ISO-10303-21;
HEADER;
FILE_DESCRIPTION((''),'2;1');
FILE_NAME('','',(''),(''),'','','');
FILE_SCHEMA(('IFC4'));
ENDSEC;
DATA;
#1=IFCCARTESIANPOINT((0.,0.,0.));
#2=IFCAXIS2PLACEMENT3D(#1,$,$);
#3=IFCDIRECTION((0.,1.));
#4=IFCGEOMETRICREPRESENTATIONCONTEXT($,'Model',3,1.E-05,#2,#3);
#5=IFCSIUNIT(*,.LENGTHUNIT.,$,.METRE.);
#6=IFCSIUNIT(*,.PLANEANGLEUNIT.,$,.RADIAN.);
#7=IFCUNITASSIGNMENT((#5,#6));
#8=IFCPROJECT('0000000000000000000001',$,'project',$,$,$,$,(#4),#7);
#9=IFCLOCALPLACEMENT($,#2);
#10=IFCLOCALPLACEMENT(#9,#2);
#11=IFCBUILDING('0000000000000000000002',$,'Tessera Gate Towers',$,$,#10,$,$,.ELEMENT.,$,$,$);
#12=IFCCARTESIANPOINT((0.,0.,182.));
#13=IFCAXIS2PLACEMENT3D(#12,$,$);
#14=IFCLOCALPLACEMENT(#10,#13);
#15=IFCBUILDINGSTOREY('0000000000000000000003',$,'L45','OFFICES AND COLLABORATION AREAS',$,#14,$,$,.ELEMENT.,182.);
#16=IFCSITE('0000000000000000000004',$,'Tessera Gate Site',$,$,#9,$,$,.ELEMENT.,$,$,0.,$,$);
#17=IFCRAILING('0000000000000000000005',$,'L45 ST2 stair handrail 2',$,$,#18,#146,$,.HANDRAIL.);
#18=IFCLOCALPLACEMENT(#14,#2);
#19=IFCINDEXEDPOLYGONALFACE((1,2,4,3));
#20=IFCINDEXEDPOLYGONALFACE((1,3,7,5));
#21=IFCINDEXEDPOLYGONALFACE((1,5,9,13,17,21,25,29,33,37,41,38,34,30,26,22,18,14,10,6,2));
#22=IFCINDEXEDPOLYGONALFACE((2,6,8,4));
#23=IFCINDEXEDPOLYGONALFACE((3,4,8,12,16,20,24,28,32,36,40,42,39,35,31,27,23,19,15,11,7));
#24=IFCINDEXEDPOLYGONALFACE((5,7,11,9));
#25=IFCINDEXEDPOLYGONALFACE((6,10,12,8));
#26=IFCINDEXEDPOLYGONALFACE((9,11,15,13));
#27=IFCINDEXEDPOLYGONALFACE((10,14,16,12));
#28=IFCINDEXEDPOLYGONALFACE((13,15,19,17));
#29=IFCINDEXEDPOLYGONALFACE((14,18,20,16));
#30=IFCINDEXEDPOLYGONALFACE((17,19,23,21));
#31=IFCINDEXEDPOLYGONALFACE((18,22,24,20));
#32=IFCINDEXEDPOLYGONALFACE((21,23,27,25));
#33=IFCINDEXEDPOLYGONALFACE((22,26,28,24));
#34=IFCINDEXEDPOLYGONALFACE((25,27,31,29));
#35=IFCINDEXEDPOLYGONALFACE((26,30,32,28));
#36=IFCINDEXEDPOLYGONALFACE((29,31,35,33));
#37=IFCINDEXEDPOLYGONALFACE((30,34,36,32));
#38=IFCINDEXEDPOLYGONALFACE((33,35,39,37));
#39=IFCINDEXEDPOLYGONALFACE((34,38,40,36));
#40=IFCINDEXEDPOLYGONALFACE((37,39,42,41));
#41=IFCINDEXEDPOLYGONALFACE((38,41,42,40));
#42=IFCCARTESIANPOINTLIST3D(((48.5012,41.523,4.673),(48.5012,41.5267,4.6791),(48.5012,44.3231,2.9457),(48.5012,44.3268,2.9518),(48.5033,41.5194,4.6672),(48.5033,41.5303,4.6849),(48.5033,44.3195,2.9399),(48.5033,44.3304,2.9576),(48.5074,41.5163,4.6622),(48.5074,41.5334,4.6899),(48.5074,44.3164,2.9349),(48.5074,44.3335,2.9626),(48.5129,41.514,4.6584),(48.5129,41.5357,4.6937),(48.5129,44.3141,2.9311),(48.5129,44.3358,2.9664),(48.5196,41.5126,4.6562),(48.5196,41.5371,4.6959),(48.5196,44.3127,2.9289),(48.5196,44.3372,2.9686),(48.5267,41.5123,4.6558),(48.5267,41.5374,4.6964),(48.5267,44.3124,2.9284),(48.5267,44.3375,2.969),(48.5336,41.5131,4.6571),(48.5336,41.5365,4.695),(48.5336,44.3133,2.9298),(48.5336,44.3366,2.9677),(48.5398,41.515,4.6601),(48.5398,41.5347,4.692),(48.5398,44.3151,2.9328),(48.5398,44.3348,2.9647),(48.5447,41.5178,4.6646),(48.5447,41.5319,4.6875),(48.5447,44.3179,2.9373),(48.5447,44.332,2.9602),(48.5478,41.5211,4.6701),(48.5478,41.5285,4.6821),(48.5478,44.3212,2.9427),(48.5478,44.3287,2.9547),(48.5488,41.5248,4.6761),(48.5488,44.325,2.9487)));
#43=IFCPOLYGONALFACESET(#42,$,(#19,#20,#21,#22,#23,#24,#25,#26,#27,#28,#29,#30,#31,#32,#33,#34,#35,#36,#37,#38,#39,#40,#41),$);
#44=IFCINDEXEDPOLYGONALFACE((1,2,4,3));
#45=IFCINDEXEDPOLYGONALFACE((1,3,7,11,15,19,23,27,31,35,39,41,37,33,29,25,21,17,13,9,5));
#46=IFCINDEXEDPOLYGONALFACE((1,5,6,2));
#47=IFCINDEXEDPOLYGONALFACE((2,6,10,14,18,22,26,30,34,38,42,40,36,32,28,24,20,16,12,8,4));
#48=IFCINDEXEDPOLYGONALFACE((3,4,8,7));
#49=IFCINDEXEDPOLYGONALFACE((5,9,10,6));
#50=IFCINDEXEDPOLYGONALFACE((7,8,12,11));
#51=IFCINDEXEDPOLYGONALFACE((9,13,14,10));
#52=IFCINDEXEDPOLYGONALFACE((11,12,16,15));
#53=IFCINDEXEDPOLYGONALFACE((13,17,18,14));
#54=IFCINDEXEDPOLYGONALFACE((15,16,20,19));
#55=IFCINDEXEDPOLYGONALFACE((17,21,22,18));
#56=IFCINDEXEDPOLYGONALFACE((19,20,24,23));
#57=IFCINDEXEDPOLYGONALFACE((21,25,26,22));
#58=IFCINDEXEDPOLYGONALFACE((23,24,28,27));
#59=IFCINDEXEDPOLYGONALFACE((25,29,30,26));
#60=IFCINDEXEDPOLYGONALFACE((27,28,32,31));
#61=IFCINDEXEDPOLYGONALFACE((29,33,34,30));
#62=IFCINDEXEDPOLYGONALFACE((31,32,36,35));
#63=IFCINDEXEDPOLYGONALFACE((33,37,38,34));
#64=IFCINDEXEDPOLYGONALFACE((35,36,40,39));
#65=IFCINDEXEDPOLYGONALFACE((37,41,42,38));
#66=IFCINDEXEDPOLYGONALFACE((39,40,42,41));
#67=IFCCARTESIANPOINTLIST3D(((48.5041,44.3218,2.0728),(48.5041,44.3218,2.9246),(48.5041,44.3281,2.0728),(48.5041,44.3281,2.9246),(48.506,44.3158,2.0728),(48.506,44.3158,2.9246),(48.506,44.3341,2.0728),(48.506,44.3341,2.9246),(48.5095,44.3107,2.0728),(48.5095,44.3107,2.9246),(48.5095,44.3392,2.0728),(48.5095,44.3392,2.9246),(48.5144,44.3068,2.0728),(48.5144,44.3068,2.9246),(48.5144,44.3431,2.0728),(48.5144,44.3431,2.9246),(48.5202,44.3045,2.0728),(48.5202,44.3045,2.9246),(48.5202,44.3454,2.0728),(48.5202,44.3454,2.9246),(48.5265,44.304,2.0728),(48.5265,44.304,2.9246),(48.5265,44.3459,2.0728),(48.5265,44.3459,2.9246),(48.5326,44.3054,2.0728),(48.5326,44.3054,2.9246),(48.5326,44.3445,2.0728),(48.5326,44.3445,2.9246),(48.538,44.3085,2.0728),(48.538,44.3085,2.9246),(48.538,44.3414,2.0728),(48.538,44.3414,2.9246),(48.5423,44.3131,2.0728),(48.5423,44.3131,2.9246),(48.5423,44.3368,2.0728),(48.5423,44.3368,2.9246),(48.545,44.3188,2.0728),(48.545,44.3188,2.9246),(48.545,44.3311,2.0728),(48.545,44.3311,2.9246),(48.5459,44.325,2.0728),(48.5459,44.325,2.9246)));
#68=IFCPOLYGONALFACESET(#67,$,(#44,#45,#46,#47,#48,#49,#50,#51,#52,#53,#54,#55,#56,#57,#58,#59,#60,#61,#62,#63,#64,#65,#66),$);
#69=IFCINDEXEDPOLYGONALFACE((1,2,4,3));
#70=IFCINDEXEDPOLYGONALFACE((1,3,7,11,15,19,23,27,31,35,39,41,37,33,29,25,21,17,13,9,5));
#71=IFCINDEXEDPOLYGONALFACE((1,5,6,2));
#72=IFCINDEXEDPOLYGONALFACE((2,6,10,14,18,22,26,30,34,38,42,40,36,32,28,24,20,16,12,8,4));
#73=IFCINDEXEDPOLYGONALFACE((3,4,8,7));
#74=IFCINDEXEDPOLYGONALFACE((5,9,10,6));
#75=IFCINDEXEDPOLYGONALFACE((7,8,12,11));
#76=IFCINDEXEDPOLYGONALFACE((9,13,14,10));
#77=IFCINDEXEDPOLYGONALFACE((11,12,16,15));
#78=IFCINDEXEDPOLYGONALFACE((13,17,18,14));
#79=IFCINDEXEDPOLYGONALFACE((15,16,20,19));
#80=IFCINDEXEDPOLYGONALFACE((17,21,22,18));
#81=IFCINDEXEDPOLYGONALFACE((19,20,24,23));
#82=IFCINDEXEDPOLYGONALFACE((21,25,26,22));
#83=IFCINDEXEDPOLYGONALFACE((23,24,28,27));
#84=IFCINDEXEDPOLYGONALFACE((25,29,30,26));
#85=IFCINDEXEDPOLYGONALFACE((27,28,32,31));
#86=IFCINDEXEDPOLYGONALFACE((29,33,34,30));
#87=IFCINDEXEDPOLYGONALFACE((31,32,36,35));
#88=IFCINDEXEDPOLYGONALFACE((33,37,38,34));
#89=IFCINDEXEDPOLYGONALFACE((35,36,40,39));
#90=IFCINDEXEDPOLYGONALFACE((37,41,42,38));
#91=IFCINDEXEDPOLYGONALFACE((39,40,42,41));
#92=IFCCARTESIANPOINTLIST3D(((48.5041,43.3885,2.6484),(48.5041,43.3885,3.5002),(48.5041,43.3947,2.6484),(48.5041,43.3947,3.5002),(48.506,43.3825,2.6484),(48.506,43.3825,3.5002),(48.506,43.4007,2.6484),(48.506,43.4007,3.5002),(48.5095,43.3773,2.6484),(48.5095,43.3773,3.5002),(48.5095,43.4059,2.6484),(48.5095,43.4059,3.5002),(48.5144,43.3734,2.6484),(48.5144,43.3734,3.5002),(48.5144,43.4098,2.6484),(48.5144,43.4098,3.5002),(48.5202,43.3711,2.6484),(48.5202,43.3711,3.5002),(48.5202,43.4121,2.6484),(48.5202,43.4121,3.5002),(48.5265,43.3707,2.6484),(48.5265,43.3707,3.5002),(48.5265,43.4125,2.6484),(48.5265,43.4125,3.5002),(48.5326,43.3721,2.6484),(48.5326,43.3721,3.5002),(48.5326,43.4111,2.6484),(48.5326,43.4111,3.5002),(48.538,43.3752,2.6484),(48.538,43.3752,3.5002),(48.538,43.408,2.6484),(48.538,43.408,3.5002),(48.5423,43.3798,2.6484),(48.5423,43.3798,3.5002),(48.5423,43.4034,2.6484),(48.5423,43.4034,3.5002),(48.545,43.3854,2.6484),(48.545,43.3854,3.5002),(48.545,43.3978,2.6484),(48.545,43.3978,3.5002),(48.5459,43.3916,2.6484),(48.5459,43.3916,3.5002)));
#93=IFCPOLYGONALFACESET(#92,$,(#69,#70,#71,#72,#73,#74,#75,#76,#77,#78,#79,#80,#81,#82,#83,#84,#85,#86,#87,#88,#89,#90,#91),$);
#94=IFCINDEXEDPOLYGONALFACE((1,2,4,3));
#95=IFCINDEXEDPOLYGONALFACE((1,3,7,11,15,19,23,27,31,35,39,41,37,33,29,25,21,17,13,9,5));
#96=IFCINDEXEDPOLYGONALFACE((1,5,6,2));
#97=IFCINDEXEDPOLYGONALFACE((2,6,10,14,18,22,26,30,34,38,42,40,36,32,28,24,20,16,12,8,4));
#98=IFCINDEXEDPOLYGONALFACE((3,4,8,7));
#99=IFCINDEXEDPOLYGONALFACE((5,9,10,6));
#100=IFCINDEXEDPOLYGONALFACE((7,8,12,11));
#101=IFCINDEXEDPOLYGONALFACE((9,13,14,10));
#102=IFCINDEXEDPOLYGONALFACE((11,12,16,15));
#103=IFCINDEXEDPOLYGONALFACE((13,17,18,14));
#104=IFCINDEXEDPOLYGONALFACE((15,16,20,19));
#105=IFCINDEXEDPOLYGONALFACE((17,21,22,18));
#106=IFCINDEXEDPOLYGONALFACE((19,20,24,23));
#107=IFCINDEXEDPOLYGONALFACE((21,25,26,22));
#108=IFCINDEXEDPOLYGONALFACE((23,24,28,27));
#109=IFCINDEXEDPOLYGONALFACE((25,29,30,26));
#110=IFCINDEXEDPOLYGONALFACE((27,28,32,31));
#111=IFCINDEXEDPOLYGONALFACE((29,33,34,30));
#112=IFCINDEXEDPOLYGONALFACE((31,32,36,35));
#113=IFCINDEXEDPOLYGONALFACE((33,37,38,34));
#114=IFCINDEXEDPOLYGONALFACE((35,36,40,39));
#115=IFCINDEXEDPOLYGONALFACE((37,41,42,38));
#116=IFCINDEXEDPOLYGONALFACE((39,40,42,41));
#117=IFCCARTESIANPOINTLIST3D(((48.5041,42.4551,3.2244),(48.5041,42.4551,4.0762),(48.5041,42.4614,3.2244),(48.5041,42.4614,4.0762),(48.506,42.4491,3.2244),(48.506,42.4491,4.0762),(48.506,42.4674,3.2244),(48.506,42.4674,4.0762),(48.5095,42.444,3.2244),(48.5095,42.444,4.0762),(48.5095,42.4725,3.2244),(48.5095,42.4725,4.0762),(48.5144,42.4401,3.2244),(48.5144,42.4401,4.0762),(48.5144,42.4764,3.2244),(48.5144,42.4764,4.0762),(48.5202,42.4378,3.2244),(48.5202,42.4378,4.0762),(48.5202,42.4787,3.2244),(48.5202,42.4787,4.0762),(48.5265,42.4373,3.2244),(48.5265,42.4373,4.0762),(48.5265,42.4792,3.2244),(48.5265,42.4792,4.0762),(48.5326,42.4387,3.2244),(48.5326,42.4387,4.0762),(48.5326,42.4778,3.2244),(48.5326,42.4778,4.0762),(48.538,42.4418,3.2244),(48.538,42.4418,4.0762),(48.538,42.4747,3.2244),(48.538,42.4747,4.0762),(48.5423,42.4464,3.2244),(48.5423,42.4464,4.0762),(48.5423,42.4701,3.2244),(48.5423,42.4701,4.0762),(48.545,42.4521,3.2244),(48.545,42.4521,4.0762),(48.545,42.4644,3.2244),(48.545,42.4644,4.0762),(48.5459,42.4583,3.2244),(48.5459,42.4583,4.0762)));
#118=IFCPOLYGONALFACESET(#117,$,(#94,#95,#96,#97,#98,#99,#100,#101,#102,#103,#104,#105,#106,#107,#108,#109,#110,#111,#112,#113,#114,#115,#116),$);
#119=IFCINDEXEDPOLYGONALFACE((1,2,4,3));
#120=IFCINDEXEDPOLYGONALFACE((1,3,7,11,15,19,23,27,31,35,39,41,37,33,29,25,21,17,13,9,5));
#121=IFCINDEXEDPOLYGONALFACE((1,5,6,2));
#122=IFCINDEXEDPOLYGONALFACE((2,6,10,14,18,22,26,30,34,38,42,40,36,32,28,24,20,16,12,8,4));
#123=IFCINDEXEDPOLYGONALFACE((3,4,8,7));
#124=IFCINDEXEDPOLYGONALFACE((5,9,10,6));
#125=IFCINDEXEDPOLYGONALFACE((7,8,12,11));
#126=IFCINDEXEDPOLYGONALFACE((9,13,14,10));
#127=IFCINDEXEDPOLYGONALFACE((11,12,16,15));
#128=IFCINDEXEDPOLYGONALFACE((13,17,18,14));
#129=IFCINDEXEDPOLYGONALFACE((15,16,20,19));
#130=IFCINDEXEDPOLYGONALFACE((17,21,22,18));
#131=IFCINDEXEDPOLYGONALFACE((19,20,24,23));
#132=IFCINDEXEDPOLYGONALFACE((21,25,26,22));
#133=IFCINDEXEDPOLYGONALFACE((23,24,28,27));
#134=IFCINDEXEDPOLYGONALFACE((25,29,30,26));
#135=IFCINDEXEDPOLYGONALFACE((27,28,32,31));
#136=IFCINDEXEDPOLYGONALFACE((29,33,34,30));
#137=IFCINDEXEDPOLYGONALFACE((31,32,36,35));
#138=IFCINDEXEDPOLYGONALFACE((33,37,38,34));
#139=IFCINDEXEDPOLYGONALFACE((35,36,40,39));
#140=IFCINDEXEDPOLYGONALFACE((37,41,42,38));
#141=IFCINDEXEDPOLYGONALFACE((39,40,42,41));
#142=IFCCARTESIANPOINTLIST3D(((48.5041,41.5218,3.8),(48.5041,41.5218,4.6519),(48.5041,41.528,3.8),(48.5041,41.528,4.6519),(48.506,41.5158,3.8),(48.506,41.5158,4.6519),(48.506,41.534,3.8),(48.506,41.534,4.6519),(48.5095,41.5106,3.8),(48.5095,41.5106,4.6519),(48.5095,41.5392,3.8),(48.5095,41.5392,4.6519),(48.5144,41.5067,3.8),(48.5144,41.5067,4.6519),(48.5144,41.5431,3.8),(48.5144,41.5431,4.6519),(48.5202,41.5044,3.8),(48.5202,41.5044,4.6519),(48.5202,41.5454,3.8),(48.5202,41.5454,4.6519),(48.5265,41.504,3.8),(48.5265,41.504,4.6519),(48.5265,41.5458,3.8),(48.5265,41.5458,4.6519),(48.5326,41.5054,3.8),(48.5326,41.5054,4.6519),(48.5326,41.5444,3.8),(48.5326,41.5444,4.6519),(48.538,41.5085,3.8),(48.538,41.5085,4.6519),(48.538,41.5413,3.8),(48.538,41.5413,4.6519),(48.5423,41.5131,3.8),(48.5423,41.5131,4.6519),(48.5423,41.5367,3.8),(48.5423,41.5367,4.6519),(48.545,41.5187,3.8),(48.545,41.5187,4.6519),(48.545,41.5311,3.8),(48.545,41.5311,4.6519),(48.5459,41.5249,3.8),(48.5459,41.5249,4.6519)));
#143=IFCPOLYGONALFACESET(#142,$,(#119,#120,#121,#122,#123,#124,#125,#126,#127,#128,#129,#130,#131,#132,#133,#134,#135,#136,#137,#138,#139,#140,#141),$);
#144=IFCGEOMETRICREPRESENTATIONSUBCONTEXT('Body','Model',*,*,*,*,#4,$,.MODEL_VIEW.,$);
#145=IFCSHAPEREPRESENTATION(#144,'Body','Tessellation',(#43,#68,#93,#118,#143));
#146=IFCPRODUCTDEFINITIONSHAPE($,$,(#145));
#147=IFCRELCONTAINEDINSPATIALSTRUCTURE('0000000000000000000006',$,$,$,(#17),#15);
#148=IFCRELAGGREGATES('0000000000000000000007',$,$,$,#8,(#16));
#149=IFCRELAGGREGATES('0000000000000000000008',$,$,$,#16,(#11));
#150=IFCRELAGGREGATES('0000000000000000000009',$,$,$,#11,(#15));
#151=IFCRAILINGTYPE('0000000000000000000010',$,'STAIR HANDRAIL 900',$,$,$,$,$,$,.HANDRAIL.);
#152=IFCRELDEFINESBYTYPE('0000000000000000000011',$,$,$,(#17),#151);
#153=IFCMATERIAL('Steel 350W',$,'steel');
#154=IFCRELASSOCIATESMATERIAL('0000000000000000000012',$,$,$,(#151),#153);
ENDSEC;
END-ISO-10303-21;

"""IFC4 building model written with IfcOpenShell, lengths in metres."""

from ifc_helpers import new_model, si_unit, direction, frame, origin, origin_2d, place, context, subcontext, project, spatial, circle, extrude, material, type_object, element, save


model = new_model("IFC4")

# Units and contexts
model_context = context("Model", 3, precision=1e-05, world=origin(), true_north=direction((0.0, 1.0)))
body_context = subcontext(model_context, "Body", "Model", "MODEL_VIEW")
ifc_project = project(units=[si_unit("LENGTHUNIT", "METRE"), si_unit("PLANEANGLEUNIT", "RADIAN")], contexts=[model_context])

# Site, building, storey
site_placement = place(None, origin())
site = spatial("IfcSite", under=ifc_project, at=site_placement, Name="Tessera Gate Site", CompositionType="ELEMENT", RefElevation=0.0)
building_placement = place(site_placement, origin())
building = spatial("IfcBuilding", under=site, at=building_placement, Name="Tessera Gate Towers", CompositionType="ELEMENT")
storey_placement = place(building_placement, frame((0.0, 0.0, 182.0)))
storey = spatial("IfcBuildingStorey", under=building, at=storey_placement, Name="L45", Description="OFFICES AND COLLABORATION AREAS", CompositionType="ELEMENT", Elevation=182.0)

# Railing
ifc_material_1 = material(Name="Steel 350W", Category="steel")
railing_type_1 = type_object("IfcRailingType", Name="STAIR HANDRAIL 900", PredefinedType="HANDRAIL", material=ifc_material_1)
railing_1_placement = place(storey_placement, frame((48.5249, 44.325, 2.0728)))
element("IfcRailing", 1, at=railing_1_placement, inside=storey, type_object=railing_type_1, Name="L45 ST2 stair handrail 2", PredefinedType="HANDRAIL", context=body_context, shape_type="SweptSolid", body=[
    extrude(circle(Radius=0.0239, at=origin_2d()), frame((0.0, 0.0, 0.876), z_axis=(0.0, -0.85109, 0.52502), x_axis=(1.0, 0.0, 0.0)), (0.0, 0.0, 1.0), 3.29),
    extrude(circle(Radius=0.021, at=origin_2d()), origin(), (0.0, 0.0, 1.0), 0.8518),
    extrude(circle(Radius=0.021, at=origin_2d()), frame((0.0, -0.9333, 0.5757)), (0.0, 0.0, 1.0), 0.8518),
    extrude(circle(Radius=0.021, at=origin_2d()), frame((0.0, -1.8667, 1.1516)), (0.0, 0.0, 1.0), 0.8518),
    extrude(circle(Radius=0.021, at=origin_2d()), frame((0.0, -2.8, 1.7273)), (0.0, 0.0, 1.0), 0.8518),
])

save(model, "model.ifc")
